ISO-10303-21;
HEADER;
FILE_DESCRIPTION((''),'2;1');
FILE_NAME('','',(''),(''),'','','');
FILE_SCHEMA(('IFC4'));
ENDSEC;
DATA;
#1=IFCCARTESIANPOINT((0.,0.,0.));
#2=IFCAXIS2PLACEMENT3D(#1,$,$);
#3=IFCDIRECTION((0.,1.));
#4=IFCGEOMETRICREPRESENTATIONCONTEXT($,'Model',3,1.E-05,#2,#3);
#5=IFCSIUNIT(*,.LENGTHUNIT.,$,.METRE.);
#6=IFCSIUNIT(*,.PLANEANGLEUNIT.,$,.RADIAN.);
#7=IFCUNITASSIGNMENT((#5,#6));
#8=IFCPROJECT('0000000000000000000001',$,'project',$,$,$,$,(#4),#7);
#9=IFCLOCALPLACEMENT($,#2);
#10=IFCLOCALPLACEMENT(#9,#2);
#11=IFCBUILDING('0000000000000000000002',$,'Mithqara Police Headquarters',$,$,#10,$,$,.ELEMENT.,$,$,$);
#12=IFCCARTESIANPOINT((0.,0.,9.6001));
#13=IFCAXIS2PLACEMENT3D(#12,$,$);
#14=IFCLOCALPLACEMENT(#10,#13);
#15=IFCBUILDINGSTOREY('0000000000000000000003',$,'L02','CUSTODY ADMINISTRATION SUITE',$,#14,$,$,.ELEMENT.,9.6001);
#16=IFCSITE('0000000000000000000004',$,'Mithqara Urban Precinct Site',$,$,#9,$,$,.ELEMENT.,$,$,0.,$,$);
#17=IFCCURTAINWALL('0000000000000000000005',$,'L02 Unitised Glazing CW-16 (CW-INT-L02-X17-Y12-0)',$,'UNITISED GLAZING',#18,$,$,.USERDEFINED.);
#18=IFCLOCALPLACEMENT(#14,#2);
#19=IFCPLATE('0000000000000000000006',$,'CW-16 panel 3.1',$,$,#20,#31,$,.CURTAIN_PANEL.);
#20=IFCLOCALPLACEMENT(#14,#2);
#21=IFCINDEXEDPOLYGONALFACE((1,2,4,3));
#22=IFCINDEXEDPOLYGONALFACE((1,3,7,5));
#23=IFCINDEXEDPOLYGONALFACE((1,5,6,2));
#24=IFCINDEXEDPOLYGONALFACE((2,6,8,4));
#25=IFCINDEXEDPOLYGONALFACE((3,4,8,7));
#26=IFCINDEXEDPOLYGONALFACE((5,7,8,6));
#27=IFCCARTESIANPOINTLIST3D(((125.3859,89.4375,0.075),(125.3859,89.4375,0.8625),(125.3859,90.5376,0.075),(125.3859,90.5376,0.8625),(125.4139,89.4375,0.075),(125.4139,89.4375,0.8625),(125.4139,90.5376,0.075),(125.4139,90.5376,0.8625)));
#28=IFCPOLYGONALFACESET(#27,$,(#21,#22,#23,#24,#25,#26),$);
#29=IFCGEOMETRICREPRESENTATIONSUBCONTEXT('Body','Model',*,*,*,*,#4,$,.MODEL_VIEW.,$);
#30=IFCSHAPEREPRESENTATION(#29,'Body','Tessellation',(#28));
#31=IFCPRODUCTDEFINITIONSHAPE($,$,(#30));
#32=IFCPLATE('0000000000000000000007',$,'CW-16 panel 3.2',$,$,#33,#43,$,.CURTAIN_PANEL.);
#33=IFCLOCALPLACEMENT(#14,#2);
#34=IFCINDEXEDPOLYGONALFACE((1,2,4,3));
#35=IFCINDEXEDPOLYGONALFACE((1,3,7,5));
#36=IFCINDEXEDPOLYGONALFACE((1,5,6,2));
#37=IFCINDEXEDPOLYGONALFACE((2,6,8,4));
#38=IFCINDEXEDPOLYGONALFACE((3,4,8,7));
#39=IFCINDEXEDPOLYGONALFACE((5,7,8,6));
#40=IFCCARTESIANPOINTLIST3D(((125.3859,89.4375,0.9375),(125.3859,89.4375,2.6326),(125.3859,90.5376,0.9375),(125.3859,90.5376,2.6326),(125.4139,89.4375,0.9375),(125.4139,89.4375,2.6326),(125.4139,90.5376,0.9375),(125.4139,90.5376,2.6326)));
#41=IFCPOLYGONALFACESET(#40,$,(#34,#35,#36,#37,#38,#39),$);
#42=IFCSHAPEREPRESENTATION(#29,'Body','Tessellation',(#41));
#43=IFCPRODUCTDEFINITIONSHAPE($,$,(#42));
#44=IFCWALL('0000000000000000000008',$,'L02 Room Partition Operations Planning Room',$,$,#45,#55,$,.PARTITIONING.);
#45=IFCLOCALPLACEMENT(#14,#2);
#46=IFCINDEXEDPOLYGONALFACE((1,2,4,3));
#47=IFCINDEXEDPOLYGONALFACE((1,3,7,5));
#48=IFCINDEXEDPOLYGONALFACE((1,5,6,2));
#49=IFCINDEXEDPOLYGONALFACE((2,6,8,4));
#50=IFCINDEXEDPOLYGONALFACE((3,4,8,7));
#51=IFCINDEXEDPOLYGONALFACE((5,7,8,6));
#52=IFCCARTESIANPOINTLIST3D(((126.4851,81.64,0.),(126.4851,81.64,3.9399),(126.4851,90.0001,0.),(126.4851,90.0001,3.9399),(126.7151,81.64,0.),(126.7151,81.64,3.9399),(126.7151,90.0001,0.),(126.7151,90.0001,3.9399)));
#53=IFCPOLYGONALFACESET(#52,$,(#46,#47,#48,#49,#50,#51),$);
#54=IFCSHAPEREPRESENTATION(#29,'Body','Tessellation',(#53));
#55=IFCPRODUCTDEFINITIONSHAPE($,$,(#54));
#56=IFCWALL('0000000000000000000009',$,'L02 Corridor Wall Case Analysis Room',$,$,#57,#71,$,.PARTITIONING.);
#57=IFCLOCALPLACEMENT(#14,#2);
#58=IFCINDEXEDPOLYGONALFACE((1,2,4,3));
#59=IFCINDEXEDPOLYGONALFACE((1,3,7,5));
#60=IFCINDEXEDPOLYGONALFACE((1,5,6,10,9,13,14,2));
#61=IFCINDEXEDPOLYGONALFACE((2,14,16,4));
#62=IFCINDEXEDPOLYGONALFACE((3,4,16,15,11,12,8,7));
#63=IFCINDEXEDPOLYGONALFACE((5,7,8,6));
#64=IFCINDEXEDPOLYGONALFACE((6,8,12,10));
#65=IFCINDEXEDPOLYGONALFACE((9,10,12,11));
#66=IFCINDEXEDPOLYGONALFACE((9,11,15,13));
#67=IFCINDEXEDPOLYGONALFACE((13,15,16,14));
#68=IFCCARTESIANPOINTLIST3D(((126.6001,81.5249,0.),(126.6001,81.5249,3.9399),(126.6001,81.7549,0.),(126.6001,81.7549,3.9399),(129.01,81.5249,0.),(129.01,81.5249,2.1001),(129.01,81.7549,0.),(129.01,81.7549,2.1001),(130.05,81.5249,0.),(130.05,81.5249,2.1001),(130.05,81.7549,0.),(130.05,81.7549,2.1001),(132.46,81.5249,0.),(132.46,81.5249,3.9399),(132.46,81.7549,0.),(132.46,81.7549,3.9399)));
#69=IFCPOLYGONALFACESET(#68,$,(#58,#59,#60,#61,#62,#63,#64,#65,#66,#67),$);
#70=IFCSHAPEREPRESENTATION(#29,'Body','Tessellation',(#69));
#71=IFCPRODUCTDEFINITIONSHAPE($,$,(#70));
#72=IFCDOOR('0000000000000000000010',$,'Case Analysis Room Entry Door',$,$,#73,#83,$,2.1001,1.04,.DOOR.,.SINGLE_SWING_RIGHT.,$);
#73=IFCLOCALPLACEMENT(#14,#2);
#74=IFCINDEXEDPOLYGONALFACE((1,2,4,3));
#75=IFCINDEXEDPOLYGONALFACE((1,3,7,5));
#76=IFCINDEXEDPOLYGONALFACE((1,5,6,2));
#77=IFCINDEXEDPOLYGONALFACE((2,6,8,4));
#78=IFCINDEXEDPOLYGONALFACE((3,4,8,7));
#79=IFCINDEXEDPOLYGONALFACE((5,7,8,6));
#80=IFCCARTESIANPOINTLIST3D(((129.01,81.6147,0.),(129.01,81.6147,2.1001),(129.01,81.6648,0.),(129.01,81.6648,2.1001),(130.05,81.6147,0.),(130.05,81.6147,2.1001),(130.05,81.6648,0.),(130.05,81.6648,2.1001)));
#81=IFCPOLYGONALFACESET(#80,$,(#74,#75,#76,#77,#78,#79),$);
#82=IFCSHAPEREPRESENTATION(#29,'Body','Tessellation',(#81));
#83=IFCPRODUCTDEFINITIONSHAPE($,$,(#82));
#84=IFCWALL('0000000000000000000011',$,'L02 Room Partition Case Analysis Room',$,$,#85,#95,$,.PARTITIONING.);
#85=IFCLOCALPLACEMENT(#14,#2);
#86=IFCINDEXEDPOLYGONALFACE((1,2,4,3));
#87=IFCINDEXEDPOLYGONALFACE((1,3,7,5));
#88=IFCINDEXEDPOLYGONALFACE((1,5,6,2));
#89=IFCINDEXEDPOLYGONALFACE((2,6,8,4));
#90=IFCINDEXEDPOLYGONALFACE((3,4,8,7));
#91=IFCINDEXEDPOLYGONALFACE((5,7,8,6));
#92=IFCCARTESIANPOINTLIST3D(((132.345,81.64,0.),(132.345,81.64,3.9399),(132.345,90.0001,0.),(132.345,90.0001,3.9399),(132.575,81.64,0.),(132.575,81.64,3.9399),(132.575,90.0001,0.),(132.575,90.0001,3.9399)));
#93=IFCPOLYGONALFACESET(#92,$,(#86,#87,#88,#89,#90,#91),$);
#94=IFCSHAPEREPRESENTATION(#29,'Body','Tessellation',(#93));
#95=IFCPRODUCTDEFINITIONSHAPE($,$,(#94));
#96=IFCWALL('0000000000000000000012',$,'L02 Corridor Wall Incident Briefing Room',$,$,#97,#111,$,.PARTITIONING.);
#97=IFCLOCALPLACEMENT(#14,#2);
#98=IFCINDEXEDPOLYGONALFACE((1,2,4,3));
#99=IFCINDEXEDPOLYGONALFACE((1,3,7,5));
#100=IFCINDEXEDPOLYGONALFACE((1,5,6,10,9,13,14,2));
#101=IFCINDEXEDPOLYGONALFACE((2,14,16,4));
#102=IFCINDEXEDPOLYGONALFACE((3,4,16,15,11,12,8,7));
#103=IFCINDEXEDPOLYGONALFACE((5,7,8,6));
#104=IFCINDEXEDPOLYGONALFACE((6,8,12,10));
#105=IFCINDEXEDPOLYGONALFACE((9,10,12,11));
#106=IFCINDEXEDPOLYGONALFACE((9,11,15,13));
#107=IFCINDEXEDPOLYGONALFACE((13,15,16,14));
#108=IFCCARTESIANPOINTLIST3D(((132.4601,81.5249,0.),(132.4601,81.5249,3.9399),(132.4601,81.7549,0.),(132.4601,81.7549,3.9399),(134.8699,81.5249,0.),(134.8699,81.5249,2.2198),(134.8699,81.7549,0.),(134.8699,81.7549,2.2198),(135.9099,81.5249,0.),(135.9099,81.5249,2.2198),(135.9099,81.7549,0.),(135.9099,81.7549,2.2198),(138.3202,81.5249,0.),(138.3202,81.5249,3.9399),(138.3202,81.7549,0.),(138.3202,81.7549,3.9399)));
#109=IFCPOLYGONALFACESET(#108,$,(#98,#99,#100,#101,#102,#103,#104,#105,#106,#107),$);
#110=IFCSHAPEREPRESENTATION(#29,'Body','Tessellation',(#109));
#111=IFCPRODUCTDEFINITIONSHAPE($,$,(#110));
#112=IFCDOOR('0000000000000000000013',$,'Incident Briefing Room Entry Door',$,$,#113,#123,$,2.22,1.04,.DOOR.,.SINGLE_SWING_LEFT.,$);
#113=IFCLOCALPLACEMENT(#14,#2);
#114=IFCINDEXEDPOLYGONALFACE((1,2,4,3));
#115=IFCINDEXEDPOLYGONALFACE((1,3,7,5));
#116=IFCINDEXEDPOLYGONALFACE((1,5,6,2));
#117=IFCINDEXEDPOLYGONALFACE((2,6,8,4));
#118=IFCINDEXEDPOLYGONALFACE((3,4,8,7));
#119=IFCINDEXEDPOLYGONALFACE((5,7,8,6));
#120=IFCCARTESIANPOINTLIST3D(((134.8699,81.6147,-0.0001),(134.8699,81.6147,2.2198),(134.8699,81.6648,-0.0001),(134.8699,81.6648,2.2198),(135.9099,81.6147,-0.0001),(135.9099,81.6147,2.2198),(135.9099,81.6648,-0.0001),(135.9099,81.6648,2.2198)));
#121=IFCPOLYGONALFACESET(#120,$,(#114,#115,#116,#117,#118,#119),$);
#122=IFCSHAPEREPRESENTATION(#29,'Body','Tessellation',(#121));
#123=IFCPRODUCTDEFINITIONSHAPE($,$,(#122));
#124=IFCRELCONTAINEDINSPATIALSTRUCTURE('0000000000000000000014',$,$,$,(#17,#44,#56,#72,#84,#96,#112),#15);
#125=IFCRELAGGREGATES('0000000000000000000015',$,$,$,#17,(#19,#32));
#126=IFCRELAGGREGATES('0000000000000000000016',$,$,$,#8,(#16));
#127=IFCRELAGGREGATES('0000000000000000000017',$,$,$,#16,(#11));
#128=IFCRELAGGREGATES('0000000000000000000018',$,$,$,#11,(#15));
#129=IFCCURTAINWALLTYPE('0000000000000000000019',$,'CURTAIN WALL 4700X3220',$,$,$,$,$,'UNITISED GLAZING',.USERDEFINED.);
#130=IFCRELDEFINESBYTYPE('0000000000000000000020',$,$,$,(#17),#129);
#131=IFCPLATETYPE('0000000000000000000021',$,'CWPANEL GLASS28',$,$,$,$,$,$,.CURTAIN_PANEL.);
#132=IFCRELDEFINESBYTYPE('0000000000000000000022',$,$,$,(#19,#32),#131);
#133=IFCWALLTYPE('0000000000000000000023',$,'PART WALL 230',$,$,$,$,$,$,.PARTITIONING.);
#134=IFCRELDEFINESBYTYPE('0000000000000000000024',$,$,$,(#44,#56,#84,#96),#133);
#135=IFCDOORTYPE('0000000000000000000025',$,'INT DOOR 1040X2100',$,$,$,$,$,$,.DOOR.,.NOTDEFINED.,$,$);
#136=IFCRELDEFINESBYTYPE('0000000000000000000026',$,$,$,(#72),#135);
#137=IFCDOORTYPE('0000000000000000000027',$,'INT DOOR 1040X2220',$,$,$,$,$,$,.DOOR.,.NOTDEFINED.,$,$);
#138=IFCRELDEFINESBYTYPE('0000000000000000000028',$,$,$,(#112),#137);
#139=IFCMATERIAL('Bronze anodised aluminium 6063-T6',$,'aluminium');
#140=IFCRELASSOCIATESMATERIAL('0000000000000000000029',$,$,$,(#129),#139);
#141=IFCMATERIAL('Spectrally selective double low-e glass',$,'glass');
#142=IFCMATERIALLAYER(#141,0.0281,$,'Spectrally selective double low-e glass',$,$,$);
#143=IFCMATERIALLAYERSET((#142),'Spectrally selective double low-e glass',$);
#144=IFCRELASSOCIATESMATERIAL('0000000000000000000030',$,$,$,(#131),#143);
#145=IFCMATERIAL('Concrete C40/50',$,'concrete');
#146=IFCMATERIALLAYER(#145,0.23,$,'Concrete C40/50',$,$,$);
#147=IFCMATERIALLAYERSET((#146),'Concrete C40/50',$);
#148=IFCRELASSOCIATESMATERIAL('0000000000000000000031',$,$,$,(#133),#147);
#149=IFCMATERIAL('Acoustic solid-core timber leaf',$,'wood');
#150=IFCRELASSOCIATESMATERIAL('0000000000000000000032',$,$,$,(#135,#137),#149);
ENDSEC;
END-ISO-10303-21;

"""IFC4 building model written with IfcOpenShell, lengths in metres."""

from ifc_helpers import new_model, si_unit, direction, frame, frame_2d, origin, origin_2d, place, context, subcontext, project, spatial, rectangle, extrude, material, layer, layer_set, type_object, element, fill, aggregate, save


model = new_model("IFC4")

# Units and contexts
model_context = context("Model", 3, precision=1e-05, world=origin(), true_north=direction((0.0, 1.0)))
body_context = subcontext(model_context, "Body", "Model", "MODEL_VIEW")
ifc_project = project(units=[si_unit("LENGTHUNIT", "METRE"), si_unit("PLANEANGLEUNIT", "RADIAN")], contexts=[model_context])

# Site, building, storey
site_placement = place(None, origin())
site = spatial("IfcSite", under=ifc_project, at=site_placement, Name="Mithqara Urban Precinct Site", CompositionType="ELEMENT", RefElevation=0.0)
building_placement = place(site_placement, origin())
building = spatial("IfcBuilding", under=site, at=building_placement, Name="Mithqara Police Headquarters", CompositionType="ELEMENT")
storey_placement = place(building_placement, frame((0.0, 0.0, 9.6001)))
storey = spatial("IfcBuildingStorey", under=building, at=storey_placement, Name="L02", Description="CUSTODY ADMINISTRATION SUITE", CompositionType="ELEMENT", Elevation=9.6001)

# Shared definitions
ifc_material_1 = material(Name="Concrete C40/50", Category="concrete")

# Curtain wall, plates
ifc_material_2 = material(Name="Bronze anodised aluminium 6063-T6", Category="aluminium")
curtain_wall_type = type_object("IfcCurtainWallType", Name="CURTAIN WALL 4700X3220", ElementType="UNITISED GLAZING", PredefinedType="USERDEFINED", material=ifc_material_2)
curtain_wall_placement = place(storey_placement, origin())
curtain_wall = element("IfcCurtainWall", 1, at=curtain_wall_placement, inside=storey, type_object=curtain_wall_type, Name="L02 Unitised Glazing CW-16 (CW-INT-L02-X17-Y12-0)", ObjectType="UNITISED GLAZING", PredefinedType="USERDEFINED")
ifc_material_3 = material(Name="Spectrally selective double low-e glass", Category="glass")
ifc_layer_1 = layer(ifc_material_3, 0.0281, Name="Spectrally selective double low-e glass")
ifc_layer_set_1 = layer_set([ifc_layer_1], Name="Spectrally selective double low-e glass")
plate_type = type_object("IfcPlateType", Name="CWPANEL GLASS28", PredefinedType="CURTAIN_PANEL", material=ifc_layer_set_1)
plate_1_placement = place(storey_placement, frame((125.3999, 89.9875, 0.075), z_axis=(0.0, 0.0, 1.0), x_axis=(0.0, 1.0, 0.0)))
plate_1 = element("IfcPlate", 2, at=plate_1_placement, type_object=plate_type, Name="CW-16 panel 3.1", PredefinedType="CURTAIN_PANEL", context=body_context, shape_type="SweptSolid", body=[
    extrude(rectangle(XDim=1.1001, YDim=0.0281, at=origin_2d()), origin(), (0.0, 0.0, 1.0), 0.7876),
])
plate_2_placement = place(storey_placement, frame((125.3999, 89.9875, 0.9375), z_axis=(0.0, 0.0, 1.0), x_axis=(0.0, 1.0, 0.0)))
plate_2 = element("IfcPlate", 3, at=plate_2_placement, type_object=plate_type, Name="CW-16 panel 3.2", PredefinedType="CURTAIN_PANEL", context=body_context, shape_type="SweptSolid", body=[
    extrude(rectangle(XDim=1.1001, YDim=0.0281, at=origin_2d()), origin(), (0.0, 0.0, 1.0), 1.6951),
])
aggregate(curtain_wall, [plate_1, plate_2])

# Wall
ifc_layer_2 = layer(ifc_material_1, 0.23, Name="Concrete C40/50")
ifc_layer_set_2 = layer_set([ifc_layer_2], Name="Concrete C40/50")
wall_type = type_object("IfcWallType", Name="PART WALL 230", PredefinedType="PARTITIONING", material=ifc_layer_set_2)
wall_1_placement = place(storey_placement, frame((126.6001, 81.6399, 0.0), z_axis=(0.0, 0.0, 1.0), x_axis=(0.0, 1.0, 0.0)))
element("IfcWall", 4, at=wall_1_placement, inside=storey, type_object=wall_type, Name="L02 Room Partition Operations Planning Room", PredefinedType="PARTITIONING", context=body_context, shape_type="SweptSolid", body=[
    extrude(rectangle(XDim=8.3601, YDim=0.23, at=frame_2d((4.1802, 0.0))), origin(), (0.0, 0.0, 1.0), 3.9399),
])

# Wall, opening, door
wall_2_placement = place(storey_placement, frame((126.6001, 81.6399, 0.0), z_axis=(0.0, 0.0, 1.0), x_axis=(1.0, 0.0, 0.0)))
wall_2 = element("IfcWall", 5, at=wall_2_placement, inside=storey, type_object=wall_type, Name="L02 Corridor Wall Case Analysis Room", PredefinedType="PARTITIONING", context=body_context, shape_type="SweptSolid", body=[
    extrude(rectangle(XDim=5.8599, YDim=0.23, at=frame_2d((2.9299, 0.0))), origin(), (0.0, 0.0, 1.0), 3.9399),
])
opening_1_placement = place(wall_2_placement, frame((2.4099, 0.0, 0.0)))
opening_1 = element("IfcOpeningElement", 6, at=opening_1_placement, cuts=wall_2, PredefinedType="OPENING", context=body_context, shape_type="SweptSolid", body=[
    extrude(rectangle(XDim=1.04, YDim=2.1001, at=frame_2d((0.52, 1.05))), frame((0.0, 0.125, 0.0), z_axis=(0.0, -1.0, 0.0), x_axis=(1.0, 0.0, 0.0)), (0.0, 0.0, 1.0), 0.25),
])
ifc_material_4 = material(Name="Acoustic solid-core timber leaf", Category="wood")
door_type_1 = type_object("IfcDoorType", Name="INT DOOR 1040X2100", OperationType="NOTDEFINED", PredefinedType="DOOR", material=ifc_material_4)
door_1_placement = place(opening_1_placement, origin())
door_1 = element("IfcDoor", 7, at=door_1_placement, inside=storey, type_object=door_type_1, Name="Case Analysis Room Entry Door", OperationType="SINGLE_SWING_RIGHT", OverallHeight=2.1001, OverallWidth=1.04, PredefinedType="DOOR", context=body_context, shape_type="SweptSolid", body=[
    extrude(rectangle(XDim=1.04, YDim=2.1001, at=frame_2d((0.52, 1.05))), frame((0.0, 0.0249, 0.0), z_axis=(0.0, -1.0, 0.0), x_axis=(1.0, 0.0, 0.0)), (0.0, 0.0, 1.0), 0.05),
])
fill(opening_1, door_1)

# Wall
wall_3_placement = place(storey_placement, frame((132.46, 81.6399, 0.0), z_axis=(0.0, 0.0, 1.0), x_axis=(0.0, 1.0, 0.0)))
element("IfcWall", 8, at=wall_3_placement, inside=storey, type_object=wall_type, Name="L02 Room Partition Case Analysis Room", PredefinedType="PARTITIONING", context=body_context, shape_type="SweptSolid", body=[
    extrude(rectangle(XDim=8.3601, YDim=0.23, at=frame_2d((4.1802, 0.0))), origin(), (0.0, 0.0, 1.0), 3.9399),
])

# Wall, opening, door
wall_4_placement = place(storey_placement, frame((132.46, 81.6399, 0.0), z_axis=(0.0, 0.0, 1.0), x_axis=(1.0, 0.0, 0.0)))
wall_4 = element("IfcWall", 9, at=wall_4_placement, inside=storey, type_object=wall_type, Name="L02 Corridor Wall Incident Briefing Room", PredefinedType="PARTITIONING", context=body_context, shape_type="SweptSolid", body=[
    extrude(rectangle(XDim=5.8601, YDim=0.23, at=frame_2d((2.9302, 0.0))), origin(), (0.0, 0.0, 1.0), 3.9399),
])
opening_2_placement = place(wall_4_placement, frame((2.4099, 0.0, 0.0)))
opening_2 = element("IfcOpeningElement", 10, at=opening_2_placement, cuts=wall_4, PredefinedType="OPENING", context=body_context, shape_type="SweptSolid", body=[
    extrude(rectangle(XDim=1.04, YDim=2.22, at=frame_2d((0.52, 1.1099))), frame((0.0, 0.125, 0.0), z_axis=(0.0, -1.0, 0.0), x_axis=(1.0, 0.0, 0.0)), (0.0, 0.0, 1.0), 0.25),
])
door_type_2 = type_object("IfcDoorType", Name="INT DOOR 1040X2220", OperationType="NOTDEFINED", PredefinedType="DOOR", material=ifc_material_4)
door_2_placement = place(opening_2_placement, origin())
door_2 = element("IfcDoor", 11, at=door_2_placement, inside=storey, type_object=door_type_2, Name="Incident Briefing Room Entry Door", OperationType="SINGLE_SWING_LEFT", OverallHeight=2.22, OverallWidth=1.04, PredefinedType="DOOR", context=body_context, shape_type="SweptSolid", body=[
    extrude(rectangle(XDim=1.04, YDim=2.22, at=frame_2d((0.52, 1.1099))), frame((0.0, 0.0249, 0.0), z_axis=(0.0, -1.0, 0.0), x_axis=(1.0, 0.0, 0.0)), (0.0, 0.0, 1.0), 0.05),
])
fill(opening_2, door_2)

save(model, "model.ifc")
